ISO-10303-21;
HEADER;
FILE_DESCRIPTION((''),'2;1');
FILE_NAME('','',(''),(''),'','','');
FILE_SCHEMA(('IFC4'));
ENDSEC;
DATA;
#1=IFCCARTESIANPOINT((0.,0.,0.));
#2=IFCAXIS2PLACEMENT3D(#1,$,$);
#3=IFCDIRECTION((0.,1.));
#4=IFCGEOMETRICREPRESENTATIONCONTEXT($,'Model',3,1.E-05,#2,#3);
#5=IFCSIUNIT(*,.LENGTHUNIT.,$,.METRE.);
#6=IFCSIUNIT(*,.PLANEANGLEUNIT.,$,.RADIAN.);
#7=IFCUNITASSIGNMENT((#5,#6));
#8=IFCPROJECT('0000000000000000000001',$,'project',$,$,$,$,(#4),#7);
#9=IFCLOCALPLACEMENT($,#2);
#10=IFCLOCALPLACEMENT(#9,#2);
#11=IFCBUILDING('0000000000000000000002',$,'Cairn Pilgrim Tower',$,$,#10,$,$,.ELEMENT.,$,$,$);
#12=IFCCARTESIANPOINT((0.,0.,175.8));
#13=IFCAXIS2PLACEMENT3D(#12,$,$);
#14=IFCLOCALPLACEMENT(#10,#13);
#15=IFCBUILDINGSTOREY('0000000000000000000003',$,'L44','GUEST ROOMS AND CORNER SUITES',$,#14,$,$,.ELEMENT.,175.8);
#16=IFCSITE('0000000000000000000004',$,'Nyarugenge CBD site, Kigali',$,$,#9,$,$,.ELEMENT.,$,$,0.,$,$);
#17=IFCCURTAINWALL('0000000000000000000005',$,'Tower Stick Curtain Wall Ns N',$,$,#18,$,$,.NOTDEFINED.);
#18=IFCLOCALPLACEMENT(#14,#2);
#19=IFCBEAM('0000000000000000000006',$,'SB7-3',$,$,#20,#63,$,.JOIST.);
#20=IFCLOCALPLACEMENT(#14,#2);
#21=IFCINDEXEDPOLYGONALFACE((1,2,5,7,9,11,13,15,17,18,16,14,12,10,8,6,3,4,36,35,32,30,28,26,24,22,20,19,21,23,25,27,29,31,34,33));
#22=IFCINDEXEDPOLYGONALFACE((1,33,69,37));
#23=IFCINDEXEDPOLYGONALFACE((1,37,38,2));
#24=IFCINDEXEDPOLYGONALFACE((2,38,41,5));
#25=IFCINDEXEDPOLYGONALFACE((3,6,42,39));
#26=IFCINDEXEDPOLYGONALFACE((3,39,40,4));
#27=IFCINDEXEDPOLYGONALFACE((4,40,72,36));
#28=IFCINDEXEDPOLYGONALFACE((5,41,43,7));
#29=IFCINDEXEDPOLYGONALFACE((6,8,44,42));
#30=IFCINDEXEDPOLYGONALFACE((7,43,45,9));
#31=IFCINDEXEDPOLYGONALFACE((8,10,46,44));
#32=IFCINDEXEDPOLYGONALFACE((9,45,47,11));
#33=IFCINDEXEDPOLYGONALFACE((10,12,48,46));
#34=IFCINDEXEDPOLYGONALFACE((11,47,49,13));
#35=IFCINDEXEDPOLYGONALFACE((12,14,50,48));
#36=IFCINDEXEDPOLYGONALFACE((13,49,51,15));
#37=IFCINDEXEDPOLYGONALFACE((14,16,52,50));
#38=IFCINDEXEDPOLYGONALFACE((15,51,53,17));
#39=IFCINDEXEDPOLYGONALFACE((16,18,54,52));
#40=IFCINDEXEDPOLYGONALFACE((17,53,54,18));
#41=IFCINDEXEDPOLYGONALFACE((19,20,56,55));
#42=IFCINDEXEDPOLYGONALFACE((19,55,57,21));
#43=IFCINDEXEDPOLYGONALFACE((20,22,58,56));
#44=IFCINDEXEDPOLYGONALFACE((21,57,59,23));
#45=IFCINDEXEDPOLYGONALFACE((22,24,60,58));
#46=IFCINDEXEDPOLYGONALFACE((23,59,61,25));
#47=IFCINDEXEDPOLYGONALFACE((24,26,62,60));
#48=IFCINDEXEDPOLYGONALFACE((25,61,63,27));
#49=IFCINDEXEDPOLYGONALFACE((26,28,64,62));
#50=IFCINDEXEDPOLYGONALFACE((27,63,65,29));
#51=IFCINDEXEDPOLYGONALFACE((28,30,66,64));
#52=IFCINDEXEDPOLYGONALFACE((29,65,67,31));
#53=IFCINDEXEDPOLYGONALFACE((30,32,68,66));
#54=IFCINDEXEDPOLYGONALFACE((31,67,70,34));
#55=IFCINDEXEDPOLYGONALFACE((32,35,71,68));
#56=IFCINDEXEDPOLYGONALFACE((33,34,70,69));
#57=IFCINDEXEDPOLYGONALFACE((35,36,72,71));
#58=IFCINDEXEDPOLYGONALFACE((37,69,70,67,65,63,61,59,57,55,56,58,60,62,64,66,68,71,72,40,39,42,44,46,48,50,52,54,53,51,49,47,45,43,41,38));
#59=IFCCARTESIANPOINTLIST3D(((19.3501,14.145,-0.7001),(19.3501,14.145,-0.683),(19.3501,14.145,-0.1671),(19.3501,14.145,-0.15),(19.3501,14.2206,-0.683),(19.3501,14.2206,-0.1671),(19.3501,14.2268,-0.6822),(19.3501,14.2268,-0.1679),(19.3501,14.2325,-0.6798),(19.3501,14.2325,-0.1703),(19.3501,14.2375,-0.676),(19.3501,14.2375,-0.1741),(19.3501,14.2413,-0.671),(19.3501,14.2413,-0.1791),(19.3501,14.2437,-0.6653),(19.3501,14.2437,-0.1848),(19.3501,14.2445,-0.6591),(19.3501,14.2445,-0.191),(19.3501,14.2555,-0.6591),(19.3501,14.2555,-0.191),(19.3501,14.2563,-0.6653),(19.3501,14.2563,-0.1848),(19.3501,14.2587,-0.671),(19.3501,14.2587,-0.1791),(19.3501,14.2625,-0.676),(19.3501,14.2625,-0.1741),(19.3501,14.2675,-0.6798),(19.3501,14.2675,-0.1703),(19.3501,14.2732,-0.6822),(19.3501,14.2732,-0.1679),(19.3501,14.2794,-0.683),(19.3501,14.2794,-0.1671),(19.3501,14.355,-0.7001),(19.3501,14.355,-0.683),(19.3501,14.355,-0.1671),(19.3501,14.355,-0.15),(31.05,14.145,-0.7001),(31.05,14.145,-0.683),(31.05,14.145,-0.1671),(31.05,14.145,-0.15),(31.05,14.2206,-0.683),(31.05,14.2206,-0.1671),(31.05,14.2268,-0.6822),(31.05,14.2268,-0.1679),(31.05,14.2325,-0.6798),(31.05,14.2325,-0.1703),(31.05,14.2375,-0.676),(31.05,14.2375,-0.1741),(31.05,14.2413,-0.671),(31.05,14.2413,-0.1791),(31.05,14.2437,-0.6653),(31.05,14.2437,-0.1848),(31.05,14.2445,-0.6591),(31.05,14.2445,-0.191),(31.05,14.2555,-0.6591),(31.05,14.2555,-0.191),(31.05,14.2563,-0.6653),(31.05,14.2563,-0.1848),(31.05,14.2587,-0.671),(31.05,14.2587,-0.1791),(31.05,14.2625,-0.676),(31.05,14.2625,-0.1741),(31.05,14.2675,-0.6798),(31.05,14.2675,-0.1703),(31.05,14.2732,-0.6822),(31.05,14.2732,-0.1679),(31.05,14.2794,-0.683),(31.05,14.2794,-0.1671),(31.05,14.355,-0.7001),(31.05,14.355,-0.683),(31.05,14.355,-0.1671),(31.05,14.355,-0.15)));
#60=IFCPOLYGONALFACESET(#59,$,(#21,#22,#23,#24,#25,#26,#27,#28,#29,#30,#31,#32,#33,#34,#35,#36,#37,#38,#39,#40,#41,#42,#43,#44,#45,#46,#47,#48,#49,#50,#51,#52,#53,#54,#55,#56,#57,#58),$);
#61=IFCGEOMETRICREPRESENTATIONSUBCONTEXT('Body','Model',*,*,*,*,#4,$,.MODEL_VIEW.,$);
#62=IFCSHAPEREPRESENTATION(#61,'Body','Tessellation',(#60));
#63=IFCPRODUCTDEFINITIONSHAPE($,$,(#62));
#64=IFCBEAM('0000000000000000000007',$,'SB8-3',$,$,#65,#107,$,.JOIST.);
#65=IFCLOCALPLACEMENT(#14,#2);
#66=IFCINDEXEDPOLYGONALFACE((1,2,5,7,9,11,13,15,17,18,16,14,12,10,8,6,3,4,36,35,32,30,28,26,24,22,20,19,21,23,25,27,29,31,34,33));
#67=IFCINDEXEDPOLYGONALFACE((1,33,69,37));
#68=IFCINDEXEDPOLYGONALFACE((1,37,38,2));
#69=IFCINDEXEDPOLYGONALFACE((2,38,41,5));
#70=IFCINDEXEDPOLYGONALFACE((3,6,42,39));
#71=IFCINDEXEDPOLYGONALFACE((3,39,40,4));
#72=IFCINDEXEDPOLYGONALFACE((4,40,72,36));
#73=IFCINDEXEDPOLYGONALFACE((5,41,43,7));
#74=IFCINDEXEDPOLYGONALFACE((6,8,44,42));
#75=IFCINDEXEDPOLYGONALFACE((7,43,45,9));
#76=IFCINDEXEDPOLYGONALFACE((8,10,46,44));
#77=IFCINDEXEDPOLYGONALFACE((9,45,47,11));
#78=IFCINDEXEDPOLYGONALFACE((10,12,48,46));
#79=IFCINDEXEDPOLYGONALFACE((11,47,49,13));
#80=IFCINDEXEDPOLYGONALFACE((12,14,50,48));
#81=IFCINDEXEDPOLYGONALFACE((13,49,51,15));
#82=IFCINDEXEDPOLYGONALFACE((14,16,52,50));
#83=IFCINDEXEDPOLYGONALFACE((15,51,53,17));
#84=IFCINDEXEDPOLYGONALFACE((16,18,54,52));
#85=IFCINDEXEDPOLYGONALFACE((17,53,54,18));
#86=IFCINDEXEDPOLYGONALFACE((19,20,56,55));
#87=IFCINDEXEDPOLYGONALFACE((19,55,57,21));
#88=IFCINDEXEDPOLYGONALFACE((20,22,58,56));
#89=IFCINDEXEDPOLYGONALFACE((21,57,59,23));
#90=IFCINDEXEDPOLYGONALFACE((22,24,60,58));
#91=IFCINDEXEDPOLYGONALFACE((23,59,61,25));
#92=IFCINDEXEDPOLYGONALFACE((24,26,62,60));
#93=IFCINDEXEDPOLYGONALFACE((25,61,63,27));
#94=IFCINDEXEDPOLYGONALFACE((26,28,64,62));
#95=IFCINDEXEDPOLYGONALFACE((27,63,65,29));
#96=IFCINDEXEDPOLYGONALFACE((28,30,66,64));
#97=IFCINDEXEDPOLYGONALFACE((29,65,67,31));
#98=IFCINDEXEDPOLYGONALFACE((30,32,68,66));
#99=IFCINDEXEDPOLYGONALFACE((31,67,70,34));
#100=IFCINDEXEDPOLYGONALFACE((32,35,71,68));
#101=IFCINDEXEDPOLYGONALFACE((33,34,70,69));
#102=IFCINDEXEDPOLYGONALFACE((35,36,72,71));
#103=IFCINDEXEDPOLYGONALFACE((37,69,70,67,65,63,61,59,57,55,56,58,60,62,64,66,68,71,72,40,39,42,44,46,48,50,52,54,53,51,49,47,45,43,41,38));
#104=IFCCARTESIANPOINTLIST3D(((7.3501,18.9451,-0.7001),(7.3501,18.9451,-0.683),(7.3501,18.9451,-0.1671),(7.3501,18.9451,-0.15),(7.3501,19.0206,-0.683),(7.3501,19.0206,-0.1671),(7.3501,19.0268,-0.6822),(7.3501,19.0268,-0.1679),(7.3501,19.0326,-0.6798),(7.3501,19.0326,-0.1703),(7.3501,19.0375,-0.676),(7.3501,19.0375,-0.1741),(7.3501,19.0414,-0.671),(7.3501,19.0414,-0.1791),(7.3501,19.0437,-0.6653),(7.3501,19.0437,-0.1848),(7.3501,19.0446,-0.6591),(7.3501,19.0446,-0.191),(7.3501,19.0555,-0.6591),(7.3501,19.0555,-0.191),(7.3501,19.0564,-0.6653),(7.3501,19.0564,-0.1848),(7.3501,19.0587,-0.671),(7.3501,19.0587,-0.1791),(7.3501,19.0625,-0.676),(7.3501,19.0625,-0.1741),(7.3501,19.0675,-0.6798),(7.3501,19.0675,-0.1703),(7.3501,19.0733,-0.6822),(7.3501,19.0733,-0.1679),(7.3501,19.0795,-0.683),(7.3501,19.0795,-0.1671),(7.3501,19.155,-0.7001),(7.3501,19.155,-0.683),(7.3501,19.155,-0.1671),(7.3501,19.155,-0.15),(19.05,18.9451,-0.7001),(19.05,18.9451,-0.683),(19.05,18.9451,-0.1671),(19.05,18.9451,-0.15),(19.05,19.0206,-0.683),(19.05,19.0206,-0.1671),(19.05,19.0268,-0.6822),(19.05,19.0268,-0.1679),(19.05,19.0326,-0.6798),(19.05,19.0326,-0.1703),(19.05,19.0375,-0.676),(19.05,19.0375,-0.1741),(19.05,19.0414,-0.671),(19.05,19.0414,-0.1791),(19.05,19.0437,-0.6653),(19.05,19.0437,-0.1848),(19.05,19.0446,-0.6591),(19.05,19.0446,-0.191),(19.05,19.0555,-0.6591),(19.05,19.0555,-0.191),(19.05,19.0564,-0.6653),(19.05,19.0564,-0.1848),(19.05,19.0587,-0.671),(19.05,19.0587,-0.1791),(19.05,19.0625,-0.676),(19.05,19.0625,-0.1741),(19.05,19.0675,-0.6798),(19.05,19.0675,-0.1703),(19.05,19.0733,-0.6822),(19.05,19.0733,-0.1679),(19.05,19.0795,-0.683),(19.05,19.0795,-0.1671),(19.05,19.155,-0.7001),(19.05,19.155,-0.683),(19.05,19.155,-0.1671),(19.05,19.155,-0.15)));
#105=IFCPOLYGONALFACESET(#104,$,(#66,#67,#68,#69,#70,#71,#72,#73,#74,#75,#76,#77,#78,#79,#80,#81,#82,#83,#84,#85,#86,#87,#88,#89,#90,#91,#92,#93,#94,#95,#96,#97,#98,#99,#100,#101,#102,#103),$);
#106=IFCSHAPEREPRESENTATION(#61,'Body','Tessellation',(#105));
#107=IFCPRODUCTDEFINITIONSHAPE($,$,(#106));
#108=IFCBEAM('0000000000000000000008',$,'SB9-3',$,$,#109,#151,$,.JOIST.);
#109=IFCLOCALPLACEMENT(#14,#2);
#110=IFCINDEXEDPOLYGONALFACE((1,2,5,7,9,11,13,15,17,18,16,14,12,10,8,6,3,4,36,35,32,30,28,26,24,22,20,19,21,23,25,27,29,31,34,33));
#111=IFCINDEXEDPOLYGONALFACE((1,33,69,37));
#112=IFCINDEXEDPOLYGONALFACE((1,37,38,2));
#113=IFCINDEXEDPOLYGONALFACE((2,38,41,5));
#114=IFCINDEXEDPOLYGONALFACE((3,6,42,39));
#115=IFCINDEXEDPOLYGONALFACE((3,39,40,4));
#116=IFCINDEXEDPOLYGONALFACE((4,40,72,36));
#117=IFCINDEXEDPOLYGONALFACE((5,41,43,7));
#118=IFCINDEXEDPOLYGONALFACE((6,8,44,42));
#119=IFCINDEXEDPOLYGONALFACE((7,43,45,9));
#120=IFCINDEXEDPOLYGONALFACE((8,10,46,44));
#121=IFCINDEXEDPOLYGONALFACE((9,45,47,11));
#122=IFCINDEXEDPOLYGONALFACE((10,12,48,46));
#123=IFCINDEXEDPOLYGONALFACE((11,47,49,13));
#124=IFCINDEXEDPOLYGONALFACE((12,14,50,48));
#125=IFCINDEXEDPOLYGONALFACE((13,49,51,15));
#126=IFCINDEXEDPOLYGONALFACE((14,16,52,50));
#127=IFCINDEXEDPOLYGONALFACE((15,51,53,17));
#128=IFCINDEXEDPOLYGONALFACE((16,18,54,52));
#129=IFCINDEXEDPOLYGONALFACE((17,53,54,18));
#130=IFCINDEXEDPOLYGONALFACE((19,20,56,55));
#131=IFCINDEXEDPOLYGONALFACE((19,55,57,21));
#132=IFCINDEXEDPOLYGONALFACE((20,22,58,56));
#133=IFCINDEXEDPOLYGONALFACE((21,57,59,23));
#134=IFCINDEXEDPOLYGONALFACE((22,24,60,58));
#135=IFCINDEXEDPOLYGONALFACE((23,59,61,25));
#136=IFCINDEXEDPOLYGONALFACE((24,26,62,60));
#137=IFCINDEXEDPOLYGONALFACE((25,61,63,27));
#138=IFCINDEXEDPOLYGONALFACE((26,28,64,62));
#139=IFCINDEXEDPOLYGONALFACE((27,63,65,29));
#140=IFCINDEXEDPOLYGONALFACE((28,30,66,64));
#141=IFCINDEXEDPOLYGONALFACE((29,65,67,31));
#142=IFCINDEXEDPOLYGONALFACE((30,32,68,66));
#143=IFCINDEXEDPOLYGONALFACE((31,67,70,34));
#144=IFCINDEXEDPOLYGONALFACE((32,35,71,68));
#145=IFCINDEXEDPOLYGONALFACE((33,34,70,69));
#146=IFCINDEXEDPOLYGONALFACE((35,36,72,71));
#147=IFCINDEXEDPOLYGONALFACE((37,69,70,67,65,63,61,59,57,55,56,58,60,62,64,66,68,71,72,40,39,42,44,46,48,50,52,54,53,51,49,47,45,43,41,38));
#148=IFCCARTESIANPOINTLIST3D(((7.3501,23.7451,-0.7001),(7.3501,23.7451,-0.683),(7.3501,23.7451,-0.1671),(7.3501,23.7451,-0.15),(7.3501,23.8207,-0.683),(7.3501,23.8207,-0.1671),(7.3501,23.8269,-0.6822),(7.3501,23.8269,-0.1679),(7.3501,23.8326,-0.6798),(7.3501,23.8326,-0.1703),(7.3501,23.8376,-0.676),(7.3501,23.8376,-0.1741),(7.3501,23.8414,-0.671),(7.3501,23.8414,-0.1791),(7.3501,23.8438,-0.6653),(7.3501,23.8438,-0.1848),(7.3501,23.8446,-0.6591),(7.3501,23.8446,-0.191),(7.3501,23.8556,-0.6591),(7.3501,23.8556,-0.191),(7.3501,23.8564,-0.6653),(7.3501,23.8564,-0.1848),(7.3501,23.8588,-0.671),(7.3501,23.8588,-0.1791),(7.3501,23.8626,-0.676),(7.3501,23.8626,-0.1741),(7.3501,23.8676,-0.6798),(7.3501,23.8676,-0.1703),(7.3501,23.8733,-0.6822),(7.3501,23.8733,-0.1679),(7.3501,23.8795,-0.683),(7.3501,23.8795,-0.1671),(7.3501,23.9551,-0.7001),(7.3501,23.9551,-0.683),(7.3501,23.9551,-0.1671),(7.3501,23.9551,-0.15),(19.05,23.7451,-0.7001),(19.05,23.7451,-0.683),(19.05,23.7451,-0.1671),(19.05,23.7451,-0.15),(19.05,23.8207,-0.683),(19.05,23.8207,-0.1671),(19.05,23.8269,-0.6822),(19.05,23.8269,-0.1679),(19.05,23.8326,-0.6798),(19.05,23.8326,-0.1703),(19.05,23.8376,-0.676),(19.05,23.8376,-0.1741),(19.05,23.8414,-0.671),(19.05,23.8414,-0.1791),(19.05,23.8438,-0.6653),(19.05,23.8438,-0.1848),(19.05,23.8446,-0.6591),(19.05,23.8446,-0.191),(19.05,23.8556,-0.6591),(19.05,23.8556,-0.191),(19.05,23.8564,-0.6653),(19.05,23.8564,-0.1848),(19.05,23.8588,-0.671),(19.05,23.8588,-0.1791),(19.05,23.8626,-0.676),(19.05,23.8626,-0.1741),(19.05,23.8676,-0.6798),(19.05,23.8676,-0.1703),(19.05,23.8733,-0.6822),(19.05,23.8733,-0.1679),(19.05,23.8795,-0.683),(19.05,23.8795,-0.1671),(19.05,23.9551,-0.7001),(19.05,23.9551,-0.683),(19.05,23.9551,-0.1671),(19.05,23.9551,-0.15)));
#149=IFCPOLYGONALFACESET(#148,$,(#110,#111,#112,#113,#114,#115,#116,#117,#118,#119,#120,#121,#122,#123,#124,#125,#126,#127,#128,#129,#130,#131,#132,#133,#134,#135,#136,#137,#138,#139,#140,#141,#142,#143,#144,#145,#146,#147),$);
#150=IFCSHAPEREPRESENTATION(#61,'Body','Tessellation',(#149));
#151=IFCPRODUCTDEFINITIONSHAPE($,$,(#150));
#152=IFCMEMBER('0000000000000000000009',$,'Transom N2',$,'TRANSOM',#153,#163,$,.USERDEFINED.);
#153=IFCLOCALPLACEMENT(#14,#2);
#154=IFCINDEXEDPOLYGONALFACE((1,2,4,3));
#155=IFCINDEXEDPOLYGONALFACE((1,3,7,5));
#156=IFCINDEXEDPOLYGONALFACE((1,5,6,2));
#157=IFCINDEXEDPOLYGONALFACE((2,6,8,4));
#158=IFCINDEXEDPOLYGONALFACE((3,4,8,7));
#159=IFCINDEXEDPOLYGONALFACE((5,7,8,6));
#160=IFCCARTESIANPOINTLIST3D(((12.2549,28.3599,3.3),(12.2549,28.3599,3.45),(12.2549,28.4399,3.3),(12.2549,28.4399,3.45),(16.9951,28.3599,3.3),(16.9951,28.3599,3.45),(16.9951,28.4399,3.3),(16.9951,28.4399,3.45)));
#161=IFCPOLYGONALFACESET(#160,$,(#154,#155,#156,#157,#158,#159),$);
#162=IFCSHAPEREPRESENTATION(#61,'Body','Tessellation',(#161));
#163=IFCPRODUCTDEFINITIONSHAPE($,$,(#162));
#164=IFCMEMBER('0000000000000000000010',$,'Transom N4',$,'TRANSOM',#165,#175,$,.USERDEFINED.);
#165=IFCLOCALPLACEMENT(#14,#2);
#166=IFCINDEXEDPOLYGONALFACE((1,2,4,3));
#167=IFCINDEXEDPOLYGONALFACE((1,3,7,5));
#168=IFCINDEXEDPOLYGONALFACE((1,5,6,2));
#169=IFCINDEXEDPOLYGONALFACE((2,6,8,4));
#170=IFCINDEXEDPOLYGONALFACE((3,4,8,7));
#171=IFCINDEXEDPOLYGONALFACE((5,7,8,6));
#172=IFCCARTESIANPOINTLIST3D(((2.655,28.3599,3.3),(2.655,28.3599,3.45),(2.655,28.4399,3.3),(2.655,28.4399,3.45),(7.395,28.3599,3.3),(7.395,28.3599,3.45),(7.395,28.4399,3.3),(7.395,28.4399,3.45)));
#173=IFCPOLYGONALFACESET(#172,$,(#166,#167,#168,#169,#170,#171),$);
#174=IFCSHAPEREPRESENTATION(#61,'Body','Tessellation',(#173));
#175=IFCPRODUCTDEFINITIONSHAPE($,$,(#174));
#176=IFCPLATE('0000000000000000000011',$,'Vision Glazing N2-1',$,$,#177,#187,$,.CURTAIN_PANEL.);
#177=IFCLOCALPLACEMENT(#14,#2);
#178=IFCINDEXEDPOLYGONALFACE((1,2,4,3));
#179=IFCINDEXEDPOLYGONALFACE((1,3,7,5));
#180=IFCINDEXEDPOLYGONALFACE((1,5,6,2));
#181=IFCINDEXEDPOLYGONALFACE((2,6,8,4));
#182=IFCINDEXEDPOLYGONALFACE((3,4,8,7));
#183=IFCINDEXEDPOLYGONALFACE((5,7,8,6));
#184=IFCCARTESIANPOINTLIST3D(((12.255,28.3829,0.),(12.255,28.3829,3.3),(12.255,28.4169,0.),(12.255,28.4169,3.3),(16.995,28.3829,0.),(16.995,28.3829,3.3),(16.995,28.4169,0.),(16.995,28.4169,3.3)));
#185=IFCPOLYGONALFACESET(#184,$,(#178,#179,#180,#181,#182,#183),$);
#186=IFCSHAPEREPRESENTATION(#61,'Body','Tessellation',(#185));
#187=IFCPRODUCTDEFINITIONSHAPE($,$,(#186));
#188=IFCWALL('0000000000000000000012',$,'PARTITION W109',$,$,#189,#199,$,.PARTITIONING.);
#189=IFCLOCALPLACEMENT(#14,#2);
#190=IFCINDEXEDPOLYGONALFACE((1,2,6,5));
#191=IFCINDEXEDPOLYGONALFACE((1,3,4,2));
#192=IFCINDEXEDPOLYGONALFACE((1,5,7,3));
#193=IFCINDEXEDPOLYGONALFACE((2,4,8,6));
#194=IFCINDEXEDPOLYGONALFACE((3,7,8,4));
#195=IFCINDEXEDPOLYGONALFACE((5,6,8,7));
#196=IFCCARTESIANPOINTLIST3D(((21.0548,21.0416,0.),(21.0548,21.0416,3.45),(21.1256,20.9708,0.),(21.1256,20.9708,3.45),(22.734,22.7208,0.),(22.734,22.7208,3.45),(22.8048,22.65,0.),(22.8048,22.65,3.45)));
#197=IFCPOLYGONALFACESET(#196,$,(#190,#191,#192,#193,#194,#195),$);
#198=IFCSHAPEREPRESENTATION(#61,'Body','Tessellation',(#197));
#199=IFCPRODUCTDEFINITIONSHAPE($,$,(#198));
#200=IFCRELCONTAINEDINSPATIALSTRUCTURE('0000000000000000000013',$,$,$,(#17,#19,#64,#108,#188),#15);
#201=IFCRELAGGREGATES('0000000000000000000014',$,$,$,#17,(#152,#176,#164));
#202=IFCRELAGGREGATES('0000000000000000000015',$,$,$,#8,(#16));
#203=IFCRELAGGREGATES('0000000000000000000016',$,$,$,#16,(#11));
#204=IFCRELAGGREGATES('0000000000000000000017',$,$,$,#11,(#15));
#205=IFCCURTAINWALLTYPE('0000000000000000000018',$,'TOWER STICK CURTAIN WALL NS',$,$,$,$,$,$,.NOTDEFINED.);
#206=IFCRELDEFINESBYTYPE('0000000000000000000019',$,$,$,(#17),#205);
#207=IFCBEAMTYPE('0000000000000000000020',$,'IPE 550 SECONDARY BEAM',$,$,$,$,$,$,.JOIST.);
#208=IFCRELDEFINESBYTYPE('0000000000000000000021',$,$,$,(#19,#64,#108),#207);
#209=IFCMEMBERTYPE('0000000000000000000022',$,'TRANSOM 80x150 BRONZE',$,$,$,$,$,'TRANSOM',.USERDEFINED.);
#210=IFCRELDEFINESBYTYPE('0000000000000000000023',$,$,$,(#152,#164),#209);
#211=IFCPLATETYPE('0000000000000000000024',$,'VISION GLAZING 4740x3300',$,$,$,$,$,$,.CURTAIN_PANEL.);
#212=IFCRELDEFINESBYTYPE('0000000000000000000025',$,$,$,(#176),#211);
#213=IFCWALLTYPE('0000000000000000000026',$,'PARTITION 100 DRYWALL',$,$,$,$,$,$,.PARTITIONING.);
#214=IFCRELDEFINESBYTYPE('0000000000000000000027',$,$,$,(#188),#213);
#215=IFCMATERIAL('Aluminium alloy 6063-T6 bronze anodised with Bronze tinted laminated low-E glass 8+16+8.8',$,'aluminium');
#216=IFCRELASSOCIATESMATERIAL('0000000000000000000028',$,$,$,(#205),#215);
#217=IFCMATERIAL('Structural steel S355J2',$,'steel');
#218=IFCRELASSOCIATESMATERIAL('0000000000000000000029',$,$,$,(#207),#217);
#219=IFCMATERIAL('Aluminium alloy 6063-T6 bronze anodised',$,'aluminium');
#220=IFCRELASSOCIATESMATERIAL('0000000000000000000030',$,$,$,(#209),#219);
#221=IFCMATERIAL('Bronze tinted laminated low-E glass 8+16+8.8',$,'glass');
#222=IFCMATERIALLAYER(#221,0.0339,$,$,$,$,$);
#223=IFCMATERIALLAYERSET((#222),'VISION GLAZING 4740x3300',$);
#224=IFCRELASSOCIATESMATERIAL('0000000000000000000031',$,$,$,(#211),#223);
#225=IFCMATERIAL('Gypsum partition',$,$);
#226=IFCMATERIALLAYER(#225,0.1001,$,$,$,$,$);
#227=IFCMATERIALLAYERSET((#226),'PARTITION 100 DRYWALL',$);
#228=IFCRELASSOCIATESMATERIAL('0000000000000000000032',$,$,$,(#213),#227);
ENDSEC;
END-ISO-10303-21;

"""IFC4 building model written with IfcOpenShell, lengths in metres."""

from ifc_helpers import new_model, si_unit, direction, frame, frame_2d, origin, origin_2d, place, context, subcontext, project, spatial, rectangle, i_section, extrude, material, layer, layer_set, material_profile, profile_set, type_object, element, aggregate, save


model = new_model("IFC4")

# Units and contexts
model_context = context("Model", 3, precision=1e-05, world=origin(), true_north=direction((0.0, 1.0)))
body_context = subcontext(model_context, "Body", "Model", "MODEL_VIEW")
ifc_project = project(units=[si_unit("LENGTHUNIT", "METRE"), si_unit("PLANEANGLEUNIT", "RADIAN")], contexts=[model_context])

# Site, building, storey
site_placement = place(None, origin())
site = spatial("IfcSite", under=ifc_project, at=site_placement, Name="Nyarugenge CBD site, Kigali", CompositionType="ELEMENT", RefElevation=0.0)
building_placement = place(site_placement, origin())
building = spatial("IfcBuilding", under=site, at=building_placement, Name="Cairn Pilgrim Tower", CompositionType="ELEMENT")
storey_placement = place(building_placement, frame((0.0, 0.0, 175.8)))
storey = spatial("IfcBuildingStorey", under=building, at=storey_placement, Name="L44", Description="GUEST ROOMS AND CORNER SUITES", CompositionType="ELEMENT", Elevation=175.8)

# Curtain wall
ifc_material_1 = material(Name="Aluminium alloy 6063-T6 bronze anodised with Bronze tinted laminated low-E glass 8+16+8.8", Category="aluminium")
curtain_wall_type = type_object("IfcCurtainWallType", Name="TOWER STICK CURTAIN WALL NS", PredefinedType="NOTDEFINED", material=ifc_material_1)
curtain_wall_placement = place(storey_placement, origin())
curtain_wall = element("IfcCurtainWall", 1, at=curtain_wall_placement, inside=storey, type_object=curtain_wall_type, Name="Tower Stick Curtain Wall Ns N", PredefinedType="NOTDEFINED")
ifc_material_2 = material(Name="Aluminium alloy 6063-T6 bronze anodised", Category="aluminium")

# Beams
ifc_material_3 = material(Name="Structural steel S355J2", Category="steel")
ifc_material_profile_1 = material_profile(ifc_material_3, i_section(OverallWidth=0.21, OverallDepth=0.55, WebThickness=0.011, FlangeThickness=0.0171, FilletRadius=0.0239, at=origin_2d()), Name="IPE 550")
ifc_profile_set_1 = profile_set([ifc_material_profile_1], Name="Structural steel S355J2")
beam_type_1 = type_object("IfcBeamType", Name="IPE 550 SECONDARY BEAM", PredefinedType="JOIST", material=ifc_profile_set_1)
for number, where, z_axis, x_axis, name in (
    (2, (19.3501, 14.25, -0.425), (1.0, 0.0, 0.0), (0.0, 1.0, 0.0), "SB7-3"),
    (3, (7.3501, 19.05, -0.425), (1.0, 0.0, 0.0), (0.0, 1.0, 0.0), "SB8-3"),
    (4, (7.3501, 23.8501, -0.425), (1.0, 0.0, 0.0), (0.0, 1.0, 0.0), "SB9-3"),
):
    element("IfcBeam", number, at=place(storey_placement, frame(where, z_axis=z_axis, x_axis=x_axis)), inside=storey, type_object=beam_type_1, Name=name, PredefinedType="JOIST", context=body_context, shape_type="SweptSolid", body=[
        extrude(i_section(OverallWidth=0.21, OverallDepth=0.55, WebThickness=0.011, FlangeThickness=0.0171, FilletRadius=0.0239, at=origin_2d()), origin(), (0.0, 0.0, 1.0), 11.7),
    ])

# Members
ifc_material_profile_2 = material_profile(ifc_material_2, rectangle(XDim=0.0801, YDim=0.1499, at=origin_2d()), Name="TRANSOM 80x150 BRONZE")
ifc_profile_set_2 = profile_set([ifc_material_profile_2], Name="Aluminium alloy 6063-T6 bronze anodised")
member_type_1 = type_object("IfcMemberType", Name="TRANSOM 80x150 BRONZE", ElementType="TRANSOM", PredefinedType="USERDEFINED", material=ifc_profile_set_2)
member_1_placement = place(storey_placement, frame((16.9951, 28.3999, 3.375), z_axis=(-1.0, 0.0, 0.0), x_axis=(0.0, -1.0, 0.0)))
member_1 = element("IfcMember", 5, at=member_1_placement, type_object=member_type_1, Name="Transom N2", ObjectType="TRANSOM", PredefinedType="USERDEFINED", context=body_context, shape_type="SweptSolid", body=[
    extrude(rectangle(XDim=0.0801, YDim=0.1499, at=origin_2d()), origin(), (0.0, 0.0, 1.0), 4.7402),
])
member_2_placement = place(storey_placement, frame((7.395, 28.3999, 3.375), z_axis=(-1.0, 0.0, 0.0), x_axis=(0.0, -1.0, 0.0)))
member_2 = element("IfcMember", 6, at=member_2_placement, type_object=member_type_1, Name="Transom N4", ObjectType="TRANSOM", PredefinedType="USERDEFINED", context=body_context, shape_type="SweptSolid", body=[
    extrude(rectangle(XDim=0.0801, YDim=0.1499, at=origin_2d()), origin(), (0.0, 0.0, 1.0), 4.74),
])

# Plate
ifc_material_4 = material(Name="Bronze tinted laminated low-E glass 8+16+8.8", Category="glass")
ifc_layer_1 = layer(ifc_material_4, 0.0339)
ifc_layer_set_1 = layer_set([ifc_layer_1], Name="VISION GLAZING 4740x3300")
plate_type = type_object("IfcPlateType", Name="VISION GLAZING 4740x3300", PredefinedType="CURTAIN_PANEL", material=ifc_layer_set_1)
plate_placement = place(storey_placement, frame((14.625, 28.3999, 0.0), z_axis=(0.0, 0.0, 1.0), x_axis=(-1.0, 0.0, 0.0)))
plate = element("IfcPlate", 7, at=plate_placement, type_object=plate_type, Name="Vision Glazing N2-1", PredefinedType="CURTAIN_PANEL", context=body_context, shape_type="SweptSolid", body=[
    extrude(rectangle(XDim=4.74, YDim=0.0339, at=origin_2d()), origin(), (0.0, 0.0, 1.0), 3.3),
])
aggregate(curtain_wall, [member_1, plate, member_2])

# Wall
ifc_material_5 = material(Name="Gypsum partition")
ifc_layer_2 = layer(ifc_material_5, 0.1001)
ifc_layer_set_2 = layer_set([ifc_layer_2], Name="PARTITION 100 DRYWALL")
wall_type_1 = type_object("IfcWallType", Name="PARTITION 100 DRYWALL", PredefinedType="PARTITIONING", material=ifc_layer_set_2)
wall_1_placement = place(storey_placement, frame((21.0901, 21.0061, 0.0), z_axis=(0.0, 0.0, 1.0), x_axis=(0.707107, 0.707107, 0.0)))
element("IfcWall", 8, at=wall_1_placement, inside=storey, type_object=wall_type_1, Name="PARTITION W109", PredefinedType="PARTITIONING", context=body_context, shape_type="SweptSolid", body=[
    extrude(rectangle(XDim=2.3748, YDim=0.1001, at=frame_2d((1.1875, 0.0))), origin(), (0.0, 0.0, 1.0), 3.45),
])

save(model, "model.ifc")
